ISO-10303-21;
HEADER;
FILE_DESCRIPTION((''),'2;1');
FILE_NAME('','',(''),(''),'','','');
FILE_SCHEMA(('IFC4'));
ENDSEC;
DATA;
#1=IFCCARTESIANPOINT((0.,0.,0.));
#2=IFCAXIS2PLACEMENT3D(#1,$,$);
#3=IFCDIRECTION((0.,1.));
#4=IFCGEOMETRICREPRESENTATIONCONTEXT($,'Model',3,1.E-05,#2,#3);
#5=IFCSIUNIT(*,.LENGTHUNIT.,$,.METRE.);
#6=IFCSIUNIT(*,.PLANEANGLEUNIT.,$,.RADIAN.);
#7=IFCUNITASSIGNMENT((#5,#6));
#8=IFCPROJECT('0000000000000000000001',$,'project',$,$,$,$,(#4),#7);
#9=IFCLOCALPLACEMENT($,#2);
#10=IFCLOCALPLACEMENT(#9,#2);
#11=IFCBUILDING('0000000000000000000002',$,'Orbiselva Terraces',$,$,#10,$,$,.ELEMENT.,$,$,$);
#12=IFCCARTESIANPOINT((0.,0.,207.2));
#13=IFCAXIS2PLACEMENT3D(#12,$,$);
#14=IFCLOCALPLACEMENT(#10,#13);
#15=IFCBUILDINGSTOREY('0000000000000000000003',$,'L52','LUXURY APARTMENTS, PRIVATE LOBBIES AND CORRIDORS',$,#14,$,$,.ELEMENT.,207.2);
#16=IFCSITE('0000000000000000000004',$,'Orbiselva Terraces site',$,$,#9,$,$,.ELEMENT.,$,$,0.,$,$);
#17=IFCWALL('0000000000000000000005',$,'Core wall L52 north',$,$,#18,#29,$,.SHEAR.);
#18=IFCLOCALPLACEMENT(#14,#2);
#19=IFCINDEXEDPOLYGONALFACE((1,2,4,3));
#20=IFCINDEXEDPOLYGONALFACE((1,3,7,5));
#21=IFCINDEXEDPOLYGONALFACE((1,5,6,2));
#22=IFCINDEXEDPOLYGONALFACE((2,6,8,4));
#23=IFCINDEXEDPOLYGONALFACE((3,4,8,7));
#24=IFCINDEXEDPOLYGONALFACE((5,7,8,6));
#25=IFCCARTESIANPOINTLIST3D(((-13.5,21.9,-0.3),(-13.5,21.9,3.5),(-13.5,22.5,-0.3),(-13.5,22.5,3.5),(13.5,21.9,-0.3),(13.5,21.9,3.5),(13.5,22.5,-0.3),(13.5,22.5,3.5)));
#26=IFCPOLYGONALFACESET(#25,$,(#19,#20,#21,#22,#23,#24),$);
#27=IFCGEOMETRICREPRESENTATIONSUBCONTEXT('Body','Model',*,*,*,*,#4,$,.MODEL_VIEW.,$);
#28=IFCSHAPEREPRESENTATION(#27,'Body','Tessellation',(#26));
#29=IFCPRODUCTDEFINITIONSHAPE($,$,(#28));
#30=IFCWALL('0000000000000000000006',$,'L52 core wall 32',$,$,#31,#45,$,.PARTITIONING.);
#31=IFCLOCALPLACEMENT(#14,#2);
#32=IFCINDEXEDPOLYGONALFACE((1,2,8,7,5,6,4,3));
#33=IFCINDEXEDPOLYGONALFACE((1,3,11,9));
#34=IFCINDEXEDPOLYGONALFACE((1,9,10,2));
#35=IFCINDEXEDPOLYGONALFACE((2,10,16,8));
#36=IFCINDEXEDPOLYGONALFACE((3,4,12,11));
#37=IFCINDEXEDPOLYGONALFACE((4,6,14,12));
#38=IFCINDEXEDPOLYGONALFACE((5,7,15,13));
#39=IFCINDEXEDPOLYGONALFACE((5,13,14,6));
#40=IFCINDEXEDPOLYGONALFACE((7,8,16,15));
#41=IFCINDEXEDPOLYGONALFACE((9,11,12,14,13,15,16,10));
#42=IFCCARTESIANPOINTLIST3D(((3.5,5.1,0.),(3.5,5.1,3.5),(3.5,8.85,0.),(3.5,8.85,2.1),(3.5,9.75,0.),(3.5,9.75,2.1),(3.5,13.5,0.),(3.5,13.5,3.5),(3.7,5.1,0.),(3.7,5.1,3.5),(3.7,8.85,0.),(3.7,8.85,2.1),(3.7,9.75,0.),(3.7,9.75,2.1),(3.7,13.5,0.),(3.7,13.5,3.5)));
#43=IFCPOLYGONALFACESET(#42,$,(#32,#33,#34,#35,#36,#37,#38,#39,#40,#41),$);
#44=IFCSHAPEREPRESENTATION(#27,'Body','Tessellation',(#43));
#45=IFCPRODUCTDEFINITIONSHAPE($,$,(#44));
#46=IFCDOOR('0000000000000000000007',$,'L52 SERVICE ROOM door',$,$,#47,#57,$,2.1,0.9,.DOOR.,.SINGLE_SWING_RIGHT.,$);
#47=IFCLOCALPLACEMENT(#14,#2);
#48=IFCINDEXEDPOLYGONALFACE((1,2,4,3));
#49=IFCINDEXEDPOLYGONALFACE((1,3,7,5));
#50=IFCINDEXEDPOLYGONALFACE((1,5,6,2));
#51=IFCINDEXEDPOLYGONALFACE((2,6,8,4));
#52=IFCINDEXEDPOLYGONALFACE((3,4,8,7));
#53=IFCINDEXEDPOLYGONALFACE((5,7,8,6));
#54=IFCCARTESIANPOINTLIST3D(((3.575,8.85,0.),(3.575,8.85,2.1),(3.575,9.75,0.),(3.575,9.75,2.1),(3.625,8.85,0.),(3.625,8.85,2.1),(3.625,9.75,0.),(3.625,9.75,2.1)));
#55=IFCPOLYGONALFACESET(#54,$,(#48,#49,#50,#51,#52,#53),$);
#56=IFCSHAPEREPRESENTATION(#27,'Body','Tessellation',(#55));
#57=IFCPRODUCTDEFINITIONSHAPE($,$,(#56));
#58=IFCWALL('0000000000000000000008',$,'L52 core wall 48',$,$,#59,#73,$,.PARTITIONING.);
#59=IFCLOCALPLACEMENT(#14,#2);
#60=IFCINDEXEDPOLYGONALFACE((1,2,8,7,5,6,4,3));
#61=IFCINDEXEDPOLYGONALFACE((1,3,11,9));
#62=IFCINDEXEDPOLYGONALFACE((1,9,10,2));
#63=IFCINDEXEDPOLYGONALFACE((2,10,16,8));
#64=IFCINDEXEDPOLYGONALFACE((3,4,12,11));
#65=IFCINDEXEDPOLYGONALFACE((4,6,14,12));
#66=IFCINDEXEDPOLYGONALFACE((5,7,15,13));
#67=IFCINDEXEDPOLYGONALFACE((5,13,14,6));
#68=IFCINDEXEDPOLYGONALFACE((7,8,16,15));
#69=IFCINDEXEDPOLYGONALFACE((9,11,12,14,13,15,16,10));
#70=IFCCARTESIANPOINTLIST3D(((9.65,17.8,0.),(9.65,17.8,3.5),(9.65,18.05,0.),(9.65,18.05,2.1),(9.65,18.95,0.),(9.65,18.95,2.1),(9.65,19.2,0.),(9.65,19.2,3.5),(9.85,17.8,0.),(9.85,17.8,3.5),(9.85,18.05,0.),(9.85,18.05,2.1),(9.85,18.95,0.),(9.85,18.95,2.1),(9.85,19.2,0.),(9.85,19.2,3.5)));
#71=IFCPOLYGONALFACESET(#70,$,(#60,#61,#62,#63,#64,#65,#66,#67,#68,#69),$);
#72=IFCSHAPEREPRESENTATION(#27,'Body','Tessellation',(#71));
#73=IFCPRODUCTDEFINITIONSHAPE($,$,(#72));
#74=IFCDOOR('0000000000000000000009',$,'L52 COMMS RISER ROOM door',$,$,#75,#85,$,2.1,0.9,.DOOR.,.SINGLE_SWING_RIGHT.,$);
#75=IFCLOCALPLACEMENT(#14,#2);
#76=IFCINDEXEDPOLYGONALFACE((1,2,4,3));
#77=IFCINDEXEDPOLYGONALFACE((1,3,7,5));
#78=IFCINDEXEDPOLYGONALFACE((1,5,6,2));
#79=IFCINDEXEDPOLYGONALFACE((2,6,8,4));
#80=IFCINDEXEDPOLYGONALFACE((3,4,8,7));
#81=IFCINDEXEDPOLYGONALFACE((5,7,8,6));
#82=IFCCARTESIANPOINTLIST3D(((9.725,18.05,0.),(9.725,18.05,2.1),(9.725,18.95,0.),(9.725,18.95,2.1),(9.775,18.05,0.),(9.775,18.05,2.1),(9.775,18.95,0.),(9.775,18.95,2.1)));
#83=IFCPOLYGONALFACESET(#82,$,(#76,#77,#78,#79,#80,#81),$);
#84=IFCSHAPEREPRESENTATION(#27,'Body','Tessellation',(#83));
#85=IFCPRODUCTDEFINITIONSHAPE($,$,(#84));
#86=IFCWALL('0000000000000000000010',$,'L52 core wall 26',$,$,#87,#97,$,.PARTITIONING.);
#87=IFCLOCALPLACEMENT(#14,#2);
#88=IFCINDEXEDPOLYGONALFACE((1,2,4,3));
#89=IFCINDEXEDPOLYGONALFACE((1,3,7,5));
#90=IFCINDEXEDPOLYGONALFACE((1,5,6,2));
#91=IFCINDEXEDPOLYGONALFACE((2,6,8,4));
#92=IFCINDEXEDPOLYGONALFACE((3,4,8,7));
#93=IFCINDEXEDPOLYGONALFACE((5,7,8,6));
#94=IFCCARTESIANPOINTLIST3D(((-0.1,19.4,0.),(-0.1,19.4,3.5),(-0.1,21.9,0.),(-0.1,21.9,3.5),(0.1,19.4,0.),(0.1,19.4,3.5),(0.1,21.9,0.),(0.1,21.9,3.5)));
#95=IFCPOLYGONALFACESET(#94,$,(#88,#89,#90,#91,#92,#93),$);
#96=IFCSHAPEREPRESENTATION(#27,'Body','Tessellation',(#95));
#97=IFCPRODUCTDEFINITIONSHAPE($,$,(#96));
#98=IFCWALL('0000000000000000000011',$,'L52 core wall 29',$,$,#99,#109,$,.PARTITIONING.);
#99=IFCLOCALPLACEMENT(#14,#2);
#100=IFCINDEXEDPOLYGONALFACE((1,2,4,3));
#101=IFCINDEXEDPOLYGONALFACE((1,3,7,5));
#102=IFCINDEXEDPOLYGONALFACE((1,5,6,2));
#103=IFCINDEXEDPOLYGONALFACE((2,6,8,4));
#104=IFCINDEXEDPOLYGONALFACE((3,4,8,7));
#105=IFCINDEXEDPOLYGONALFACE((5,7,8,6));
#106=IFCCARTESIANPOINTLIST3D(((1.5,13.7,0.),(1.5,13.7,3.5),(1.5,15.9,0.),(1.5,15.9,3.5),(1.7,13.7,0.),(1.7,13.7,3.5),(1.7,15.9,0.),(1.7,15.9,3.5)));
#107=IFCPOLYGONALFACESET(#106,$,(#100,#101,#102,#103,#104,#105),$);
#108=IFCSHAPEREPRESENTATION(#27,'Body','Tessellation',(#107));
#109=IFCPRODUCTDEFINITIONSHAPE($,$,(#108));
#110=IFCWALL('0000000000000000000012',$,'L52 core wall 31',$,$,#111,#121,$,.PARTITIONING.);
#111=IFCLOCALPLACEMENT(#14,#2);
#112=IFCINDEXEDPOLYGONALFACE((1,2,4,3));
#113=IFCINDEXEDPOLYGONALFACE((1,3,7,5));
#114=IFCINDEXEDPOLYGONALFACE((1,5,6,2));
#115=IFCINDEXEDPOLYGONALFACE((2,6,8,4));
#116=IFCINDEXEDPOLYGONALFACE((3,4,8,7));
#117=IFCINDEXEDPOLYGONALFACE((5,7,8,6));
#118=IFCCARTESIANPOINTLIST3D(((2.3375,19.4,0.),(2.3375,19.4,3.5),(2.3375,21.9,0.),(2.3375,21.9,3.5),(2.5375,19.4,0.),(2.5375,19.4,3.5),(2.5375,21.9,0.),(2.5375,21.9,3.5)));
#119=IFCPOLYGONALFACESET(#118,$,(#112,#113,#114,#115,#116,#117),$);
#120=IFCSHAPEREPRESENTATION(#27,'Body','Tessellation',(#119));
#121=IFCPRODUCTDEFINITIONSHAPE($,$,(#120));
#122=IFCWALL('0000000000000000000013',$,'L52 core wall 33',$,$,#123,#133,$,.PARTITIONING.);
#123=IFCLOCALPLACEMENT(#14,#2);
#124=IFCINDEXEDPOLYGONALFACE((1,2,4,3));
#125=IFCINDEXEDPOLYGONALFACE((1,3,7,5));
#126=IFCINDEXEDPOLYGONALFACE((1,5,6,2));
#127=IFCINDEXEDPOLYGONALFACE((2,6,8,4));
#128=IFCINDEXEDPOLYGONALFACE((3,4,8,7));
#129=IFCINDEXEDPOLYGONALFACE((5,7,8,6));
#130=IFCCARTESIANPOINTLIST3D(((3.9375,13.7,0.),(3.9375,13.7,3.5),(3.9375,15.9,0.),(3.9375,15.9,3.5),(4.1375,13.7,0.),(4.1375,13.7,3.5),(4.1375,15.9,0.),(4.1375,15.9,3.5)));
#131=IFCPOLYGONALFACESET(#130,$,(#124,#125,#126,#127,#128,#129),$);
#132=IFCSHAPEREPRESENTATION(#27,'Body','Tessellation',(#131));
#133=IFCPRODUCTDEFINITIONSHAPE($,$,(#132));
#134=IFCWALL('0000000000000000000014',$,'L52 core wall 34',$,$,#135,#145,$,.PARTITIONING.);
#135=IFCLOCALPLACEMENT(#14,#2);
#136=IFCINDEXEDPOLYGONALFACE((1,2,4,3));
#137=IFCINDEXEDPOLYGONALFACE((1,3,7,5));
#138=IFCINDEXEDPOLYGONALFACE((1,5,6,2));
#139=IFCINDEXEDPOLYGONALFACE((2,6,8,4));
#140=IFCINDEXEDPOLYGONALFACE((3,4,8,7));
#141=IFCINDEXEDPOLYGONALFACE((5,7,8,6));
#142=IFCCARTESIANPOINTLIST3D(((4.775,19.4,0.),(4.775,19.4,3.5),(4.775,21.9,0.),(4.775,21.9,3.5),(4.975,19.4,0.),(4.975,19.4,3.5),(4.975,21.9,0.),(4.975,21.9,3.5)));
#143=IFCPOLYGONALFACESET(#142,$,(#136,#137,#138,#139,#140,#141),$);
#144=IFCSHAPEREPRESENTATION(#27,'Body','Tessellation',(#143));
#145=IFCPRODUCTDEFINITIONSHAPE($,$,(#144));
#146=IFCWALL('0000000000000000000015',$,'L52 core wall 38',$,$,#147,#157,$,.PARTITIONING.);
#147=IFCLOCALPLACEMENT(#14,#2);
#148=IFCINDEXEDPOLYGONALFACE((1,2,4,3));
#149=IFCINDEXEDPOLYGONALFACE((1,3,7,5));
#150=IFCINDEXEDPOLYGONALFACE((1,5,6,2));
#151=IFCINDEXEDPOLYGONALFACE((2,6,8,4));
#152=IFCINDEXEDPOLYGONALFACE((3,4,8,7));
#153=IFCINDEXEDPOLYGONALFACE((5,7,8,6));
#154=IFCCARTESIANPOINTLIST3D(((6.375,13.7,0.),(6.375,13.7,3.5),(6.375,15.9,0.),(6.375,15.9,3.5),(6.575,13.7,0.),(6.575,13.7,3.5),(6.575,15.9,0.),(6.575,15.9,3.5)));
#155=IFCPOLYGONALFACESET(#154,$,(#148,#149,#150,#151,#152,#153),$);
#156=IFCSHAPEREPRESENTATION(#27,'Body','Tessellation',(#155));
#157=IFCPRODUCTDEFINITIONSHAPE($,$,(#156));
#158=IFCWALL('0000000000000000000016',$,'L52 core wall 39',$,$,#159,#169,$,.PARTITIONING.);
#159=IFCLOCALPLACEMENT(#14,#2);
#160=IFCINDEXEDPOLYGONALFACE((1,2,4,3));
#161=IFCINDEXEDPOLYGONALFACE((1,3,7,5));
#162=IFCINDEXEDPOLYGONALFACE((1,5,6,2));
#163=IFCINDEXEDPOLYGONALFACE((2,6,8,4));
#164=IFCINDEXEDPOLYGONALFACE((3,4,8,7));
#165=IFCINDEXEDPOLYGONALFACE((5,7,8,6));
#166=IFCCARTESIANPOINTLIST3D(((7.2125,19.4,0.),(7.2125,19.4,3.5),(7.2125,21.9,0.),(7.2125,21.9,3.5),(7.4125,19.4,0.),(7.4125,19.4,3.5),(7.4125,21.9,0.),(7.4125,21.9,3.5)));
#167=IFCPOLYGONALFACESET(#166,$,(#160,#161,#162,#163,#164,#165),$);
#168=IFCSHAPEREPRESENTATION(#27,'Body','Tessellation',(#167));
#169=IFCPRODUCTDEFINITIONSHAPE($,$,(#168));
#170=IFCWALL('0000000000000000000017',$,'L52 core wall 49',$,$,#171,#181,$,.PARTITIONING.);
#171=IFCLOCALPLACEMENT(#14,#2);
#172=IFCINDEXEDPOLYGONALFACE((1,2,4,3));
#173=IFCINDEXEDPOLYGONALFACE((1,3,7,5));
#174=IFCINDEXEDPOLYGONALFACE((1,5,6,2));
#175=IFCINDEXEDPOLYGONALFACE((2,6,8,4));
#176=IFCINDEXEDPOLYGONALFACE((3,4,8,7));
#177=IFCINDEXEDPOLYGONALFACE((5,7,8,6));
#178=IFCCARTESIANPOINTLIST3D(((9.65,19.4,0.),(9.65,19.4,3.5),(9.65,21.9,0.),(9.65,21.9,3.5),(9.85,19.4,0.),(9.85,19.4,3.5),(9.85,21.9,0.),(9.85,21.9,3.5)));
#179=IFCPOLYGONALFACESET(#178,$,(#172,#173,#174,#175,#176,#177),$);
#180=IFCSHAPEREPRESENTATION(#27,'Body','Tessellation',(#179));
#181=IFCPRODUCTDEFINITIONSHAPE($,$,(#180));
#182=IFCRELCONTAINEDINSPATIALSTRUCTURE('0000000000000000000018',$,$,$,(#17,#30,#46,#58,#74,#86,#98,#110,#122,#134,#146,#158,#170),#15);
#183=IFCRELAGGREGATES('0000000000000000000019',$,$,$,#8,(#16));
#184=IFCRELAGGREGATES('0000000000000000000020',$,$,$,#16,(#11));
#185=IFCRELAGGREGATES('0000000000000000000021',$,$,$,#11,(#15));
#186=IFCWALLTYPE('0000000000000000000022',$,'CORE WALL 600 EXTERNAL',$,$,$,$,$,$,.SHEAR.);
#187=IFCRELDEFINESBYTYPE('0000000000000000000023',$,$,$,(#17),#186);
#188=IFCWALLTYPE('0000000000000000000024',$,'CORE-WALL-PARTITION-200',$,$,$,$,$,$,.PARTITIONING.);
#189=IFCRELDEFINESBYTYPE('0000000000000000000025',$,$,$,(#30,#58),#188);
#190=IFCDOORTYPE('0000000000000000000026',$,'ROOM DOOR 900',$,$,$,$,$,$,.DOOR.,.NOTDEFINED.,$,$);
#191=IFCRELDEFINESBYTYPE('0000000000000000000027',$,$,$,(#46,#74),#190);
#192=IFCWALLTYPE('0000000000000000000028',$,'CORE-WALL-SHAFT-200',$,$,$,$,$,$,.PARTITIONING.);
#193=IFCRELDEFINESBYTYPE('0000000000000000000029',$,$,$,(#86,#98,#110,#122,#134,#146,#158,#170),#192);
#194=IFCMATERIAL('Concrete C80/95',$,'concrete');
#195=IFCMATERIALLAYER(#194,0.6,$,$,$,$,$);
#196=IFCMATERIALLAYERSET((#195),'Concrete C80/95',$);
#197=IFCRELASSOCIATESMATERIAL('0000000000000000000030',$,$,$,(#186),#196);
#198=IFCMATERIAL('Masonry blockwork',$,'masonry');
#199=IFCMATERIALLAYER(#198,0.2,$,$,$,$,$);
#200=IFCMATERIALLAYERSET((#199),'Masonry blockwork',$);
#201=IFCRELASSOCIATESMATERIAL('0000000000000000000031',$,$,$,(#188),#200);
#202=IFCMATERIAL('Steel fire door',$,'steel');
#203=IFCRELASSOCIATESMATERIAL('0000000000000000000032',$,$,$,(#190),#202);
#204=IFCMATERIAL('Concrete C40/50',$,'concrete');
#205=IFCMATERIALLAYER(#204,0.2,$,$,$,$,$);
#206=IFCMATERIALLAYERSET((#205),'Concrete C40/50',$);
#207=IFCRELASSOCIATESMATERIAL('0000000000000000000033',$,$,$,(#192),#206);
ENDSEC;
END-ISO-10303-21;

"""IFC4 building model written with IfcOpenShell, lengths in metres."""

from ifc_helpers import new_model, si_unit, direction, frame, frame_2d, origin, place, context, subcontext, project, spatial, rectangle, extrude, material, layer, layer_set, type_object, element, fill, save


model = new_model("IFC4")

# Units and contexts
model_context = context("Model", 3, precision=1e-05, world=origin(), true_north=direction((0.0, 1.0)))
body_context = subcontext(model_context, "Body", "Model", "MODEL_VIEW")
ifc_project = project(units=[si_unit("LENGTHUNIT", "METRE"), si_unit("PLANEANGLEUNIT", "RADIAN")], contexts=[model_context])

# Site, building, storey
site_placement = place(None, origin())
site = spatial("IfcSite", under=ifc_project, at=site_placement, Name="Orbiselva Terraces site", CompositionType="ELEMENT", RefElevation=0.0)
building_placement = place(site_placement, origin())
building = spatial("IfcBuilding", under=site, at=building_placement, Name="Orbiselva Terraces", CompositionType="ELEMENT")
storey_placement = place(building_placement, frame((0.0, 0.0, 207.2)))
storey = spatial("IfcBuildingStorey", under=building, at=storey_placement, Name="L52", Description="LUXURY APARTMENTS, PRIVATE LOBBIES AND CORRIDORS", CompositionType="ELEMENT", Elevation=207.2)

# Wall
ifc_material_1 = material(Name="Concrete C80/95", Category="concrete")
ifc_layer_1 = layer(ifc_material_1, 0.6)
ifc_layer_set_1 = layer_set([ifc_layer_1], Name="Concrete C80/95")
wall_type_1 = type_object("IfcWallType", Name="CORE WALL 600 EXTERNAL", PredefinedType="SHEAR", material=ifc_layer_set_1)
wall_1_placement = place(storey_placement, frame((13.5, 22.2, -0.3), z_axis=(0.0, 0.0, 1.0), x_axis=(-1.0, 0.0, 0.0)))
element("IfcWall", 1, at=wall_1_placement, inside=storey, type_object=wall_type_1, Name="Core wall L52 north", PredefinedType="SHEAR", context=body_context, shape_type="SweptSolid", body=[
    extrude(rectangle(XDim=27.0, YDim=0.6, at=frame_2d((13.5, 0.0))), origin(), (0.0, 0.0, 1.0), 3.8),
])

# Walls, openings, doors
ifc_material_2 = material(Name="Masonry blockwork", Category="masonry")
ifc_layer_2 = layer(ifc_material_2, 0.2)
ifc_layer_set_2 = layer_set([ifc_layer_2], Name="Masonry blockwork")
wall_type_2 = type_object("IfcWallType", Name="CORE-WALL-PARTITION-200", PredefinedType="PARTITIONING", material=ifc_layer_set_2)
wall_2_placement = place(storey_placement, frame((3.6, 13.5, 0.0), z_axis=(0.0, 0.0, 1.0), x_axis=(0.0, -1.0, 0.0)))
wall_2 = element("IfcWall", 2, at=wall_2_placement, inside=storey, type_object=wall_type_2, Name="L52 core wall 32", PredefinedType="PARTITIONING", context=body_context, shape_type="SweptSolid", body=[
    extrude(rectangle(XDim=8.4, YDim=0.2, at=frame_2d((4.2, 0.0))), origin(), (0.0, 0.0, 1.0), 3.5),
])
opening_1_placement = place(wall_2_placement, frame((3.75, 0.0, 0.0)))
opening_1 = element("IfcOpeningElement", 3, at=opening_1_placement, cuts=wall_2, PredefinedType="OPENING", context=body_context, shape_type="SweptSolid", body=[
    extrude(rectangle(XDim=0.9, YDim=2.1, at=frame_2d((0.45, 1.05))), frame((0.0, 0.11, 0.0), z_axis=(0.0, -1.0, 0.0), x_axis=(1.0, 0.0, 0.0)), (0.0, 0.0, 1.0), 0.22),
])
ifc_material_3 = material(Name="Steel fire door", Category="steel")
door_type_1 = type_object("IfcDoorType", Name="ROOM DOOR 900", OperationType="NOTDEFINED", PredefinedType="DOOR", material=ifc_material_3)
door_1_placement = place(opening_1_placement, origin())
door_1 = element("IfcDoor", 4, at=door_1_placement, inside=storey, type_object=door_type_1, Name="L52 SERVICE ROOM door", OperationType="SINGLE_SWING_RIGHT", OverallHeight=2.1, OverallWidth=0.9, PredefinedType="DOOR", context=body_context, shape_type="SweptSolid", body=[
    extrude(rectangle(XDim=0.9, YDim=2.1, at=frame_2d((0.45, 1.05))), frame((0.0, 0.025, 0.0), z_axis=(0.0, -1.0, 0.0), x_axis=(1.0, 0.0, 0.0)), (0.0, 0.0, 1.0), 0.05),
])
fill(opening_1, door_1)
wall_3_placement = place(storey_placement, frame((9.75, 19.2, 0.0), z_axis=(0.0, 0.0, 1.0), x_axis=(0.0, -1.0, 0.0)))
wall_3 = element("IfcWall", 5, at=wall_3_placement, inside=storey, type_object=wall_type_2, Name="L52 core wall 48", PredefinedType="PARTITIONING", context=body_context, shape_type="SweptSolid", body=[
    extrude(rectangle(XDim=1.4, YDim=0.2, at=frame_2d((0.7, 0.0))), origin(), (0.0, 0.0, 1.0), 3.5),
])
opening_2_placement = place(wall_3_placement, frame((0.25, 0.0, 0.0)))
opening_2 = element("IfcOpeningElement", 6, at=opening_2_placement, cuts=wall_3, PredefinedType="OPENING", context=body_context, shape_type="SweptSolid", body=[
    extrude(rectangle(XDim=0.9, YDim=2.1, at=frame_2d((0.45, 1.05))), frame((0.0, 0.11, 0.0), z_axis=(0.0, -1.0, 0.0), x_axis=(1.0, 0.0, 0.0)), (0.0, 0.0, 1.0), 0.22),
])
door_2_placement = place(opening_2_placement, origin())
door_2 = element("IfcDoor", 7, at=door_2_placement, inside=storey, type_object=door_type_1, Name="L52 COMMS RISER ROOM door", OperationType="SINGLE_SWING_RIGHT", OverallHeight=2.1, OverallWidth=0.9, PredefinedType="DOOR", context=body_context, shape_type="SweptSolid", body=[
    extrude(rectangle(XDim=0.9, YDim=2.1, at=frame_2d((0.45, 1.05))), frame((0.0, 0.025, 0.0), z_axis=(0.0, -1.0, 0.0), x_axis=(1.0, 0.0, 0.0)), (0.0, 0.0, 1.0), 0.05),
])
fill(opening_2, door_2)

# Walls
ifc_material_4 = material(Name="Concrete C40/50", Category="concrete")
ifc_layer_3 = layer(ifc_material_4, 0.2)
ifc_layer_set_3 = layer_set([ifc_layer_3], Name="Concrete C40/50")
wall_type_3 = type_object("IfcWallType", Name="CORE-WALL-SHAFT-200", PredefinedType="PARTITIONING", material=ifc_layer_set_3)
wall_4_placement = place(storey_placement, frame((0.0, 19.4, 0.0), z_axis=(0.0, 0.0, 1.0), x_axis=(0.0, 1.0, 0.0)))
element("IfcWall", 8, at=wall_4_placement, inside=storey, type_object=wall_type_3, Name="L52 core wall 26", PredefinedType="PARTITIONING", context=body_context, shape_type="SweptSolid", body=[
    extrude(rectangle(XDim=2.5, YDim=0.2, at=frame_2d((1.25, 0.0))), origin(), (0.0, 0.0, 1.0), 3.5),
])
wall_5_placement = place(storey_placement, frame((1.6, 13.7, 0.0), z_axis=(0.0, 0.0, 1.0), x_axis=(0.0, 1.0, 0.0)))
element("IfcWall", 9, at=wall_5_placement, inside=storey, type_object=wall_type_3, Name="L52 core wall 29", PredefinedType="PARTITIONING", context=body_context, shape_type="SweptSolid", body=[
    extrude(rectangle(XDim=2.2, YDim=0.2, at=frame_2d((1.1, 0.0))), origin(), (0.0, 0.0, 1.0), 3.5),
])
wall_6_placement = place(storey_placement, frame((2.4375, 19.4, 0.0), z_axis=(0.0, 0.0, 1.0), x_axis=(0.0, 1.0, 0.0)))
element("IfcWall", 10, at=wall_6_placement, inside=storey, type_object=wall_type_3, Name="L52 core wall 31", PredefinedType="PARTITIONING", context=body_context, shape_type="SweptSolid", body=[
    extrude(rectangle(XDim=2.5, YDim=0.2, at=frame_2d((1.25, 0.0))), origin(), (0.0, 0.0, 1.0), 3.5),
])
wall_7_placement = place(storey_placement, frame((4.0375, 13.7, 0.0), z_axis=(0.0, 0.0, 1.0), x_axis=(0.0, 1.0, 0.0)))
element("IfcWall", 11, at=wall_7_placement, inside=storey, type_object=wall_type_3, Name="L52 core wall 33", PredefinedType="PARTITIONING", context=body_context, shape_type="SweptSolid", body=[
    extrude(rectangle(XDim=2.2, YDim=0.2, at=frame_2d((1.1, 0.0))), origin(), (0.0, 0.0, 1.0), 3.5),
])
wall_8_placement = place(storey_placement, frame((4.875, 19.4, 0.0), z_axis=(0.0, 0.0, 1.0), x_axis=(0.0, 1.0, 0.0)))
element("IfcWall", 12, at=wall_8_placement, inside=storey, type_object=wall_type_3, Name="L52 core wall 34", PredefinedType="PARTITIONING", context=body_context, shape_type="SweptSolid", body=[
    extrude(rectangle(XDim=2.5, YDim=0.2, at=frame_2d((1.25, 0.0))), origin(), (0.0, 0.0, 1.0), 3.5),
])
wall_9_placement = place(storey_placement, frame((6.475, 13.7, 0.0), z_axis=(0.0, 0.0, 1.0), x_axis=(0.0, 1.0, 0.0)))
element("IfcWall", 13, at=wall_9_placement, inside=storey, type_object=wall_type_3, Name="L52 core wall 38", PredefinedType="PARTITIONING", context=body_context, shape_type="SweptSolid", body=[
    extrude(rectangle(XDim=2.2, YDim=0.2, at=frame_2d((1.1, 0.0))), origin(), (0.0, 0.0, 1.0), 3.5),
])
for number, where, z_axis, x_axis, name in (
    (14, (7.3125, 19.4, 0.0), (0.0, 0.0, 1.0), (0.0, 1.0, 0.0), "L52 core wall 39"),
    (15, (9.75, 19.4, 0.0), (0.0, 0.0, 1.0), (0.0, 1.0, 0.0), "L52 core wall 49"),
):
    element("IfcWall", number, at=place(storey_placement, frame(where, z_axis=z_axis, x_axis=x_axis)), inside=storey, type_object=wall_type_3, Name=name, PredefinedType="PARTITIONING", context=body_context, shape_type="SweptSolid", body=[
        extrude(rectangle(XDim=2.5, YDim=0.2, at=frame_2d((1.25, 0.0))), origin(), (0.0, 0.0, 1.0), 3.5),
    ])

save(model, "model.ifc")
